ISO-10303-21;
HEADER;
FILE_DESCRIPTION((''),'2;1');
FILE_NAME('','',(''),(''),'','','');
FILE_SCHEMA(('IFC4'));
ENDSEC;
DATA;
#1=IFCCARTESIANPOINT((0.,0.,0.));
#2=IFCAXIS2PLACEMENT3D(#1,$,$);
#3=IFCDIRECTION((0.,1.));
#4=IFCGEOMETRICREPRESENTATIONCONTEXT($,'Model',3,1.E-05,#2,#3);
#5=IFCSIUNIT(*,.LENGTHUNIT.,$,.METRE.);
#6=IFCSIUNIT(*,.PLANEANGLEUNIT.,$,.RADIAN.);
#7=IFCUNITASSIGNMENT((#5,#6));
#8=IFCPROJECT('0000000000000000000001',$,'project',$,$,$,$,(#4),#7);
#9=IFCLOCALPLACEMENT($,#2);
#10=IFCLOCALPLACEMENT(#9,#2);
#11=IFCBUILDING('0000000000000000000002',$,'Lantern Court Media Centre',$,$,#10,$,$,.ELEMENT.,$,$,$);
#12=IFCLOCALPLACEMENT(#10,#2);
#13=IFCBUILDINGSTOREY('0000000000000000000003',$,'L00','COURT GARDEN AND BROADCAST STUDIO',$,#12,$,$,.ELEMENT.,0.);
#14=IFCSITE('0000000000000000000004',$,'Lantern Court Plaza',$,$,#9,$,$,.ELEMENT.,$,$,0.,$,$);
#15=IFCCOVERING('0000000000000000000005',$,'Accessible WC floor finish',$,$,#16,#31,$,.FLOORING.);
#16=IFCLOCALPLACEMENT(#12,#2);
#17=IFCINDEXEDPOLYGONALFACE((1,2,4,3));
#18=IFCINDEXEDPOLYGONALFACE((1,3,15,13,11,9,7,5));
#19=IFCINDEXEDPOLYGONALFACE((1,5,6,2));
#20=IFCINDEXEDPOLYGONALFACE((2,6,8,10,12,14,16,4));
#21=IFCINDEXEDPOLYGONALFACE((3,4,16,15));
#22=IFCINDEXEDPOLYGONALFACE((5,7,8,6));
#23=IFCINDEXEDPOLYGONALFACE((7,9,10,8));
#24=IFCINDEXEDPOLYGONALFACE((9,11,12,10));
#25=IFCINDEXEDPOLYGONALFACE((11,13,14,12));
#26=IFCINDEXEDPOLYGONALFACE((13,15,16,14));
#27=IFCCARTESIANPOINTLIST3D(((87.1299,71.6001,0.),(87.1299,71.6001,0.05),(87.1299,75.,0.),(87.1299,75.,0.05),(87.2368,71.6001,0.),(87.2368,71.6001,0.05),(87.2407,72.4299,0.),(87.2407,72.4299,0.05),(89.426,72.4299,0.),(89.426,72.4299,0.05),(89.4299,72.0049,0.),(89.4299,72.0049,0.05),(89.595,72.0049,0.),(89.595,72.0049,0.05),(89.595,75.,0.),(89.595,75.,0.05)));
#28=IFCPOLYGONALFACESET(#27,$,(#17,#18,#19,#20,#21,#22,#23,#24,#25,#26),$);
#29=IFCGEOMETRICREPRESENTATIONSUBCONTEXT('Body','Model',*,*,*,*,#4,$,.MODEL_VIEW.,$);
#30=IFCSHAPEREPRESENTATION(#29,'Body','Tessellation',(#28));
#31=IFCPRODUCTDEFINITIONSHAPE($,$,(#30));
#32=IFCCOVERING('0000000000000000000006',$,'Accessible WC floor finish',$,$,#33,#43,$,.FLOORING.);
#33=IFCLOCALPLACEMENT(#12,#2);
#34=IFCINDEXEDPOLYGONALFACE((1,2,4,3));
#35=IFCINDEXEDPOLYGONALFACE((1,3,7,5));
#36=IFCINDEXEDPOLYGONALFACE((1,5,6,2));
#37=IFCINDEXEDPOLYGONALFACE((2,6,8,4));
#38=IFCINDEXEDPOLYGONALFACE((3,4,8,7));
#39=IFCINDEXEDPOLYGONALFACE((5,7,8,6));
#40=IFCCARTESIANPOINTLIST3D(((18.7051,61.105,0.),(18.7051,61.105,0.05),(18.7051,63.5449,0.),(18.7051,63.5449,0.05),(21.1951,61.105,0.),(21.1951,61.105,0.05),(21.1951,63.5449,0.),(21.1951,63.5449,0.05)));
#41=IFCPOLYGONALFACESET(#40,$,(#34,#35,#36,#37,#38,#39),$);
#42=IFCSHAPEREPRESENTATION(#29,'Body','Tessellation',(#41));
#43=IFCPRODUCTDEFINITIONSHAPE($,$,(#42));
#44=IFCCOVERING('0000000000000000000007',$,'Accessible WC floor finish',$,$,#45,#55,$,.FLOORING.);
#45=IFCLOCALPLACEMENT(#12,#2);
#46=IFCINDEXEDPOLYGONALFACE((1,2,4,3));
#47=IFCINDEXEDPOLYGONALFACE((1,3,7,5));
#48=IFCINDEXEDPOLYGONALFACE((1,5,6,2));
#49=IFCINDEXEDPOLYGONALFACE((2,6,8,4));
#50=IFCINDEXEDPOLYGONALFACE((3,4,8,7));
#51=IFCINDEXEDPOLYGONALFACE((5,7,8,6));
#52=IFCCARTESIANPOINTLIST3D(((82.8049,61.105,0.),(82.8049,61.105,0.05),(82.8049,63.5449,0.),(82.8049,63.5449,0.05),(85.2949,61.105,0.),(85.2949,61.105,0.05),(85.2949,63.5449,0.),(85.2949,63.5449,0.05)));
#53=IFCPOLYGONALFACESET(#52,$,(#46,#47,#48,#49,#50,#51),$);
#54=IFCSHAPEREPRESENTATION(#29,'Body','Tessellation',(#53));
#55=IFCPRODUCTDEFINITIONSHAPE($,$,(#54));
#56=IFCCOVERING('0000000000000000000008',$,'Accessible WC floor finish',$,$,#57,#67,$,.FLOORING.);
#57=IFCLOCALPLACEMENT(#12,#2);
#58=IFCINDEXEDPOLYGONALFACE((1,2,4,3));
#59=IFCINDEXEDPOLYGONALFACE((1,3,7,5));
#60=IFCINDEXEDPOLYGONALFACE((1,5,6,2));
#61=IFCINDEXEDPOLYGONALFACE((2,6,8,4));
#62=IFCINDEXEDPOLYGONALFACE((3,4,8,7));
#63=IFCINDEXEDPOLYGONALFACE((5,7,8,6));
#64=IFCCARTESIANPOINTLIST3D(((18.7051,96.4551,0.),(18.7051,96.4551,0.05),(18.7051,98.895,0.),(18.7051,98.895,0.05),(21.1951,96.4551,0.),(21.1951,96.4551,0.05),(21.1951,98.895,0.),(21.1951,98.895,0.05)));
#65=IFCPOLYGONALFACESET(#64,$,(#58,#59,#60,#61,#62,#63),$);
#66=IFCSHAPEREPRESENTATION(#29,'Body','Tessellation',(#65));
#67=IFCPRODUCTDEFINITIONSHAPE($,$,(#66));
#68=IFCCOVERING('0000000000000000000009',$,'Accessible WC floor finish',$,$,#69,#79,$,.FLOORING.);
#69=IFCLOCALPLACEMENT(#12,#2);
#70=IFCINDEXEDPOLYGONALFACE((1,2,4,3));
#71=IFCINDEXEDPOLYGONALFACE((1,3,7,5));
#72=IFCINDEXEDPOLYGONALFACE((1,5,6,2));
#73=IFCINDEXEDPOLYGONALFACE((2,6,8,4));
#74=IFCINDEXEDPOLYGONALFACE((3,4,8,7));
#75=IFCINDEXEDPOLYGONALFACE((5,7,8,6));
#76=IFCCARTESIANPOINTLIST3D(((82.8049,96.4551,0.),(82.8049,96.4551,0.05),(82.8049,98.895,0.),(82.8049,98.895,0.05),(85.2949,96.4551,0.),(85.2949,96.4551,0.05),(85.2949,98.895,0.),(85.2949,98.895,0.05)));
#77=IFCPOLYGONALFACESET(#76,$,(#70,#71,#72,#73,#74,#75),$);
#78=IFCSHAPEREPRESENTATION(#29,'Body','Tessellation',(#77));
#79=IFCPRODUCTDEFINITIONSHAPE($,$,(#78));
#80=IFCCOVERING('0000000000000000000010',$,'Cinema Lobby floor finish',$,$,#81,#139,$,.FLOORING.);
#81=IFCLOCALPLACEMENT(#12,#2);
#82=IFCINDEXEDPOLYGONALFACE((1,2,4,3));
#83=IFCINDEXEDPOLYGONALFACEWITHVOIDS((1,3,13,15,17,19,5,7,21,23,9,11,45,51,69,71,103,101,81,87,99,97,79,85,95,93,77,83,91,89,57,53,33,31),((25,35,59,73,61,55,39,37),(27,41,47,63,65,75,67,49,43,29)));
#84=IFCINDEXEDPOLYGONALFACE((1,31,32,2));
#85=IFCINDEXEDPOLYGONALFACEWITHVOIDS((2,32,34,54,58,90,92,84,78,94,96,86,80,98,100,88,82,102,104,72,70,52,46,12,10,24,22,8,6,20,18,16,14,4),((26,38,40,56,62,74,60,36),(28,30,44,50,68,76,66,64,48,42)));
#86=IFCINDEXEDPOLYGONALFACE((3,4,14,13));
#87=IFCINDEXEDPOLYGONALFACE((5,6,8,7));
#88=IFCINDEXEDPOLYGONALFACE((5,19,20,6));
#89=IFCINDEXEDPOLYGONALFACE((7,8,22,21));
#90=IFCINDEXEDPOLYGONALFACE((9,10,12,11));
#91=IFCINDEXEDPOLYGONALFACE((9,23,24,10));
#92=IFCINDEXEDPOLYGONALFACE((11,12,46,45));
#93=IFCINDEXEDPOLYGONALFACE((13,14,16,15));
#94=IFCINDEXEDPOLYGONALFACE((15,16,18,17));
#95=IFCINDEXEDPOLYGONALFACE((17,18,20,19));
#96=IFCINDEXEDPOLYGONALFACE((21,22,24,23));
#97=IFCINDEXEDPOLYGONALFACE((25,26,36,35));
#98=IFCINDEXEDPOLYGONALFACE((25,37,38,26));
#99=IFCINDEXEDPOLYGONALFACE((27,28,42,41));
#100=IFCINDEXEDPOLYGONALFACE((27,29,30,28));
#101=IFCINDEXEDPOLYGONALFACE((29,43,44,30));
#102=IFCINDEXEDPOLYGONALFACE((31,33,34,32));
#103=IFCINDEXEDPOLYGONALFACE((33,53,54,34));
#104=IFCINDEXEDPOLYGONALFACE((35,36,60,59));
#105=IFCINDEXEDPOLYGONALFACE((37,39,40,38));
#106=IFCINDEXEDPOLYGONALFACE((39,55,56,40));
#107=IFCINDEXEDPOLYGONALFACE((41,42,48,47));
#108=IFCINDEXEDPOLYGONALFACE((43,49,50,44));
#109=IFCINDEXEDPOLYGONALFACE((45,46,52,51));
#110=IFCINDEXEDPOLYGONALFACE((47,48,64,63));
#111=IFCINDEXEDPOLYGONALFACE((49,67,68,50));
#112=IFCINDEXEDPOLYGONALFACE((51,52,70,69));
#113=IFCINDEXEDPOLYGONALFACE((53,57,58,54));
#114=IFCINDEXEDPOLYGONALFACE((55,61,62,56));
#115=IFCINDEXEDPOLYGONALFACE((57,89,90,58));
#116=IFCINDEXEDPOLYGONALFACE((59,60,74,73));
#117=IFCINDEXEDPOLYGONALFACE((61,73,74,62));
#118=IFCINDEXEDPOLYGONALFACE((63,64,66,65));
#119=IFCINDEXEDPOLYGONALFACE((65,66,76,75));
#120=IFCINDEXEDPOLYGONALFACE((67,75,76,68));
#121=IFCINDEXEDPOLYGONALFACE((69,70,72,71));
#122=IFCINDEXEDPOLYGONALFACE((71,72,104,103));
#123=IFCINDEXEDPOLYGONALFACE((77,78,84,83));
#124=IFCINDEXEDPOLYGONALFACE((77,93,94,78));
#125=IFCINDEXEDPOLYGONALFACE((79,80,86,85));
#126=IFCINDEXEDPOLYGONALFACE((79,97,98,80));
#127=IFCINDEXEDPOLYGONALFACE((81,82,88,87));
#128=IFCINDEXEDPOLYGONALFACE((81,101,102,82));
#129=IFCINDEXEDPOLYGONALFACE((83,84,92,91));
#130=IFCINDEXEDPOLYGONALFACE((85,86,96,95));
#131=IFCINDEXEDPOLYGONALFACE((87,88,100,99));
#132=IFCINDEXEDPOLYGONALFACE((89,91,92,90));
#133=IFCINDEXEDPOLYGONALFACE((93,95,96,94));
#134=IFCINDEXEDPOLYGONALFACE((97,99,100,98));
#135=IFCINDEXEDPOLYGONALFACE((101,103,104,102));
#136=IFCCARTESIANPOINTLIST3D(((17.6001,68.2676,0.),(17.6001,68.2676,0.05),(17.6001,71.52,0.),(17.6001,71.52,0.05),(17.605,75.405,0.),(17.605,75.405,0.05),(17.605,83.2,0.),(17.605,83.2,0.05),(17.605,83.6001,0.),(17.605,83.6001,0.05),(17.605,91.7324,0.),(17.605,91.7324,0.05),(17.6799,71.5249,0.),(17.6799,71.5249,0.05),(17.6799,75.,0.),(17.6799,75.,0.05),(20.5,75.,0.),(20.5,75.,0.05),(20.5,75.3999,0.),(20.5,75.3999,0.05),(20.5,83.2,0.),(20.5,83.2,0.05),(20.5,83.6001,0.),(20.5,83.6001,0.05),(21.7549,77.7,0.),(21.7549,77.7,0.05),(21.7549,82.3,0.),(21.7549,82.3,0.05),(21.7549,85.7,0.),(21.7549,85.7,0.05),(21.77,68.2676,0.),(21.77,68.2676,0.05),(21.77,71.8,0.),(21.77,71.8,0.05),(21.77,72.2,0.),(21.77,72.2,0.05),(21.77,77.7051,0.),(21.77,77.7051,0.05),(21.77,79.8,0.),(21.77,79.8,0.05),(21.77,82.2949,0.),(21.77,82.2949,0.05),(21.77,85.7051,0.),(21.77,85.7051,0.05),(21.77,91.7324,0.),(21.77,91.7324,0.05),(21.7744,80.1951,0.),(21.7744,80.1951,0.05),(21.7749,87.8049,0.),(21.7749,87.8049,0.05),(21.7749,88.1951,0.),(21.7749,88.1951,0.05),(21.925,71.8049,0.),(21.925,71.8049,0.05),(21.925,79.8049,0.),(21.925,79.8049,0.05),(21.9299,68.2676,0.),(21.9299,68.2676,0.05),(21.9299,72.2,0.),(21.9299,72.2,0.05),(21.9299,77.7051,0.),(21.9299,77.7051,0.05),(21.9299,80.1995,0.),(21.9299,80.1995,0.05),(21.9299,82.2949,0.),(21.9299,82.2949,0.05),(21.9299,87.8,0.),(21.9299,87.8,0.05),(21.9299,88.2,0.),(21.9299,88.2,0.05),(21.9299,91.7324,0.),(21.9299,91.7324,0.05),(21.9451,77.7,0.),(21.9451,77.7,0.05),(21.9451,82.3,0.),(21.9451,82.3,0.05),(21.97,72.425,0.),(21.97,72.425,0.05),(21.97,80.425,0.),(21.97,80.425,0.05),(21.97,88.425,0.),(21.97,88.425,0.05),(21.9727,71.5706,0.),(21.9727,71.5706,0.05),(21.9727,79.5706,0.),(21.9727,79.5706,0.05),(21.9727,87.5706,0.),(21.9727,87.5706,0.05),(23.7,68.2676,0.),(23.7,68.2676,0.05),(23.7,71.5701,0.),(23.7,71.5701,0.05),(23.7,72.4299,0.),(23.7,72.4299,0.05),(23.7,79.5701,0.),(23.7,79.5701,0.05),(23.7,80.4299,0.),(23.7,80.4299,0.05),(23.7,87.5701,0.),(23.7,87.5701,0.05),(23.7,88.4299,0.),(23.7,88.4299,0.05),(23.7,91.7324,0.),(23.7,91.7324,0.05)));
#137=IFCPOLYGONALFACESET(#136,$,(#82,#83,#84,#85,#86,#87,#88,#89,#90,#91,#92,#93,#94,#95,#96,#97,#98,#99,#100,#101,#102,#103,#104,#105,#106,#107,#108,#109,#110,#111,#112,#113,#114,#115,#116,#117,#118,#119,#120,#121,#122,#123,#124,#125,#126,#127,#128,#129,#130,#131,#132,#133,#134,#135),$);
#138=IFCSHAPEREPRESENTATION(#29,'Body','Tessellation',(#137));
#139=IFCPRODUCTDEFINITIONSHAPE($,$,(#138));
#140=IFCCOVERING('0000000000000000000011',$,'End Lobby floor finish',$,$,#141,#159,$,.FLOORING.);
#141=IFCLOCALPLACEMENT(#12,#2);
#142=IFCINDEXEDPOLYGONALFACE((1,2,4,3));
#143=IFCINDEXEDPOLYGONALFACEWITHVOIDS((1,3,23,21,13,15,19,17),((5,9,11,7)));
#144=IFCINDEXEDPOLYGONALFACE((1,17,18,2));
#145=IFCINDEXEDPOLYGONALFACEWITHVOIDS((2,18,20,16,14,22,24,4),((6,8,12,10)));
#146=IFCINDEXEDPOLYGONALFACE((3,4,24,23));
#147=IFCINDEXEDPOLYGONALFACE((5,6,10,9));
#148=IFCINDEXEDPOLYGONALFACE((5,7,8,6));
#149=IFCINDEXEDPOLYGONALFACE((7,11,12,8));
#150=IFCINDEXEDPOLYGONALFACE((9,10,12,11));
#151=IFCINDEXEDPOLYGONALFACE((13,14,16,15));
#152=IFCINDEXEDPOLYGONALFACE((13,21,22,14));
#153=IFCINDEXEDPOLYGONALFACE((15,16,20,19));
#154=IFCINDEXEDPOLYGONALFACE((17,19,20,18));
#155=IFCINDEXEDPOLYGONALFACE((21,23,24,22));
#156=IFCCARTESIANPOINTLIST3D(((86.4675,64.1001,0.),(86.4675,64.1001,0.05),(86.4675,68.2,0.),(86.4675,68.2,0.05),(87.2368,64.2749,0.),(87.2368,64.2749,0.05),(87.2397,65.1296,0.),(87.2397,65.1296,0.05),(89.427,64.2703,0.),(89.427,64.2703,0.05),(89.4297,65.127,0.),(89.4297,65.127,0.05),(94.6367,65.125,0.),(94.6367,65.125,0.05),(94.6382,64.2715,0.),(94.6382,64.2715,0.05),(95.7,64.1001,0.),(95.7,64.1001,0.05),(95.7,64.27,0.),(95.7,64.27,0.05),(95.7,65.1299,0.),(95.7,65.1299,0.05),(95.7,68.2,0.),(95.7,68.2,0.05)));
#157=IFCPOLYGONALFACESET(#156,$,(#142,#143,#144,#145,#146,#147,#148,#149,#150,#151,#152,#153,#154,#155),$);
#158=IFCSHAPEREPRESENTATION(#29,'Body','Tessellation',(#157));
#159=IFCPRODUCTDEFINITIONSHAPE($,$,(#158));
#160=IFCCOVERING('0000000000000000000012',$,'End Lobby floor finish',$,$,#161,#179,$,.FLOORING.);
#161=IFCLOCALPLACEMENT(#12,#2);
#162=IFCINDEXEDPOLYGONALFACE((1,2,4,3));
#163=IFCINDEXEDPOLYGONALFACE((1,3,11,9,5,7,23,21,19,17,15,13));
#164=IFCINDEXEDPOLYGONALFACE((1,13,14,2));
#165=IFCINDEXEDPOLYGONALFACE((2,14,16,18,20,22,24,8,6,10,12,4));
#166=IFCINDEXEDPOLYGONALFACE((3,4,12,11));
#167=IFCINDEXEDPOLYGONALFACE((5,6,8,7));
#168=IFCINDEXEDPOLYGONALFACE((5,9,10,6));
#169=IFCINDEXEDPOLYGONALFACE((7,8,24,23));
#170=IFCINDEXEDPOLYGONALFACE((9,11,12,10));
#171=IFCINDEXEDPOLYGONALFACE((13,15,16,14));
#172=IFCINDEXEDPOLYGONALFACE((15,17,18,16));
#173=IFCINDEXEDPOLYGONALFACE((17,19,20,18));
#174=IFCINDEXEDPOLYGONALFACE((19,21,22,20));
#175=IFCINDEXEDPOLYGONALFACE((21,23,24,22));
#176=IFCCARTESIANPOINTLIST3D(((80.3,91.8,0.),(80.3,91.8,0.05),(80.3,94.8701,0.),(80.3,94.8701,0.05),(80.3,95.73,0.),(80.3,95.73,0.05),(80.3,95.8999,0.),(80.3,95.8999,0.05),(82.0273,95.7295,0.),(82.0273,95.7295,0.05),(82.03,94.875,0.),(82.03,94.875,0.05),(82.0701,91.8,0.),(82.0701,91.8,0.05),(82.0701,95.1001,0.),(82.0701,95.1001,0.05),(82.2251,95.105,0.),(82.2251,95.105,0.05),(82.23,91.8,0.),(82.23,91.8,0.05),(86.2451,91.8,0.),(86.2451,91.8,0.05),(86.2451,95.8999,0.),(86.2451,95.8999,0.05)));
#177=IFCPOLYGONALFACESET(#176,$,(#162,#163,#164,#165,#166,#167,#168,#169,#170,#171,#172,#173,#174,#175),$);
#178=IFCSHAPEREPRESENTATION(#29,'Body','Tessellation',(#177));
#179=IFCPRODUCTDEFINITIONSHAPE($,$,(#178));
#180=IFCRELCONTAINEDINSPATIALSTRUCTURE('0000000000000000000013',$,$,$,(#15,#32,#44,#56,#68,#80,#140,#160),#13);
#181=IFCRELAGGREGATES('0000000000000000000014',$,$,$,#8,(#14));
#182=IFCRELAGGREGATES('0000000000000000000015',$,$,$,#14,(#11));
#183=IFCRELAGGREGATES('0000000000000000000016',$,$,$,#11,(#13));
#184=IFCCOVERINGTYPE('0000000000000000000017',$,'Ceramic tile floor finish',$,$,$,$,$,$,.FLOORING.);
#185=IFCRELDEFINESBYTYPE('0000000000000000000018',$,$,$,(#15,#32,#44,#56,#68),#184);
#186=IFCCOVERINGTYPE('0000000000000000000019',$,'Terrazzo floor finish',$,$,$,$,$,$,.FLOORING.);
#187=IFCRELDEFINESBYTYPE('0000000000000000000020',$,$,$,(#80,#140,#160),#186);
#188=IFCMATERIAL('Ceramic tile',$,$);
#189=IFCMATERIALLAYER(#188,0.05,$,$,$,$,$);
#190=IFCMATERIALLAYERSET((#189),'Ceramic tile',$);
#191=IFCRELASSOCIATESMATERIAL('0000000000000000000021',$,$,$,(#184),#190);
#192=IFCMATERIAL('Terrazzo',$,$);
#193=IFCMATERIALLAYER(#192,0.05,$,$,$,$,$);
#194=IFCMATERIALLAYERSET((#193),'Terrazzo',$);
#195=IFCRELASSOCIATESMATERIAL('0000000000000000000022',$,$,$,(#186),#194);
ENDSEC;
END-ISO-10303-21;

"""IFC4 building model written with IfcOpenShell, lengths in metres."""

from ifc_helpers import new_model, si_unit, direction, origin, place, context, subcontext, project, spatial, polyline, outline, extrude, material, layer, layer_set, type_object, element, save


model = new_model("IFC4")

# Units and contexts
model_context = context("Model", 3, precision=1e-05, world=origin(), true_north=direction((0.0, 1.0)))
body_context = subcontext(model_context, "Body", "Model", "MODEL_VIEW")
ifc_project = project(units=[si_unit("LENGTHUNIT", "METRE"), si_unit("PLANEANGLEUNIT", "RADIAN")], contexts=[model_context])

# Site, building, storey
site_placement = place(None, origin())
site = spatial("IfcSite", under=ifc_project, at=site_placement, Name="Lantern Court Plaza", CompositionType="ELEMENT", RefElevation=0.0)
building_placement = place(site_placement, origin())
building = spatial("IfcBuilding", under=site, at=building_placement, Name="Lantern Court Media Centre", CompositionType="ELEMENT")
storey_placement = place(building_placement, origin())
storey = spatial("IfcBuildingStorey", under=building, at=storey_placement, Name="L00", Description="COURT GARDEN AND BROADCAST STUDIO", CompositionType="ELEMENT", Elevation=0.0)

# Coverings
ifc_material_1 = material(Name="Ceramic tile")
ifc_layer_1 = layer(ifc_material_1, 0.05)
ifc_layer_set_1 = layer_set([ifc_layer_1], Name="Ceramic tile")
covering_type_1 = type_object("IfcCoveringType", Name="Ceramic tile floor finish", PredefinedType="FLOORING", material=ifc_layer_set_1)
covering_1_placement = place(storey_placement, origin())
element("IfcCovering", 1, at=covering_1_placement, inside=storey, type_object=covering_type_1, Name="Accessible WC floor finish", PredefinedType="FLOORING", context=body_context, shape_type="SweptSolid", body=[
    extrude(outline(polyline([(89.595, 75.0), (89.595, 72.0049), (89.4299, 72.0049), (89.426, 72.4299), (87.2407, 72.4299), (87.2368, 71.6001), (87.1299, 71.6001), (87.1299, 75.0), (89.595, 75.0)])), origin(), (0.0, 0.0, 1.0), 0.05),
])
covering_2_placement = place(storey_placement, origin())
element("IfcCovering", 2, at=covering_2_placement, inside=storey, type_object=covering_type_1, Name="Accessible WC floor finish", PredefinedType="FLOORING", context=body_context, shape_type="SweptSolid", body=[
    extrude(outline(polyline([(21.1951, 61.105), (18.7051, 61.105), (18.7051, 63.5449), (21.1951, 63.5449), (21.1951, 61.105)])), origin(), (0.0, 0.0, 1.0), 0.05),
])
covering_3_placement = place(storey_placement, origin())
element("IfcCovering", 3, at=covering_3_placement, inside=storey, type_object=covering_type_1, Name="Accessible WC floor finish", PredefinedType="FLOORING", context=body_context, shape_type="SweptSolid", body=[
    extrude(outline(polyline([(85.2949, 63.5449), (85.2949, 61.105), (82.8049, 61.105), (82.8049, 63.5449), (85.2949, 63.5449)])), origin(), (0.0, 0.0, 1.0), 0.05),
])
covering_4_placement = place(storey_placement, origin())
element("IfcCovering", 4, at=covering_4_placement, inside=storey, type_object=covering_type_1, Name="Accessible WC floor finish", PredefinedType="FLOORING", context=body_context, shape_type="SweptSolid", body=[
    extrude(outline(polyline([(18.7051, 98.895), (21.1951, 98.895), (21.1951, 96.4551), (18.7051, 96.4551), (18.7051, 98.895)])), origin(), (0.0, 0.0, 1.0), 0.05),
])
covering_5_placement = place(storey_placement, origin())
element("IfcCovering", 5, at=covering_5_placement, inside=storey, type_object=covering_type_1, Name="Accessible WC floor finish", PredefinedType="FLOORING", context=body_context, shape_type="SweptSolid", body=[
    extrude(outline(polyline([(82.8049, 96.4551), (82.8049, 98.895), (85.2949, 98.895), (85.2949, 96.4551), (82.8049, 96.4551)])), origin(), (0.0, 0.0, 1.0), 0.05),
])
ifc_material_2 = material(Name="Terrazzo")
ifc_layer_2 = layer(ifc_material_2, 0.05)
ifc_layer_set_2 = layer_set([ifc_layer_2], Name="Terrazzo")
covering_type_2 = type_object("IfcCoveringType", Name="Terrazzo floor finish", PredefinedType="FLOORING", material=ifc_layer_set_2)
covering_6_placement = place(storey_placement, origin())
element("IfcCovering", 6, at=covering_6_placement, inside=storey, type_object=covering_type_2, Name="Cinema Lobby floor finish", PredefinedType="FLOORING", context=body_context, shape_type="SweptSolid", body=[
    extrude(outline(polyline([(23.7, 68.2676), (21.9299, 68.2676), (21.925, 71.8049), (21.77, 71.8), (21.77, 68.2676), (17.6001, 68.2676), (17.6001, 71.52), (17.6799, 71.5249), (17.6799, 75.0), (20.5, 75.0), (20.5, 75.3999), (17.605, 75.405), (17.605, 83.2), (20.5, 83.2), (20.5, 83.6001), (17.605, 83.6001), (17.605, 91.7324), (21.77, 91.7324), (21.7749, 88.1951), (21.9299, 88.2), (21.9299, 91.7324), (23.7, 91.7324), (23.7, 88.4299), (21.97, 88.425), (21.9727, 87.5706), (23.7, 87.5701), (23.7, 80.4299), (21.97, 80.425), (21.9727, 79.5706), (23.7, 79.5701), (23.7, 72.4299), (21.97, 72.425), (21.9727, 71.5706), (23.7, 71.5701), (23.7, 68.2676)]), holes=[polyline([(21.77, 72.2), (21.9299, 72.2), (21.9451, 77.7), (21.9299, 77.7051), (21.925, 79.8049), (21.77, 79.8), (21.77, 77.7051), (21.7549, 77.7), (21.77, 72.2)]), polyline([(21.9299, 82.2949), (21.9451, 82.3), (21.9299, 87.8), (21.7749, 87.8049), (21.77, 85.7051), (21.7549, 85.7), (21.7549, 82.3), (21.77, 82.2949), (21.7744, 80.1951), (21.9299, 80.1995), (21.9299, 82.2949)])]), origin(), (0.0, 0.0, 1.0), 0.05),
])
covering_7_placement = place(storey_placement, origin())
element("IfcCovering", 7, at=covering_7_placement, inside=storey, type_object=covering_type_2, Name="End Lobby floor finish", PredefinedType="FLOORING", context=body_context, shape_type="SweptSolid", body=[
    extrude(outline(polyline([(86.4675, 64.1001), (86.4675, 68.2), (95.7, 68.2), (95.7, 65.1299), (94.6367, 65.125), (94.6382, 64.2715), (95.7, 64.27), (95.7, 64.1001), (86.4675, 64.1001)]), holes=[polyline([(87.2368, 64.2749), (89.427, 64.2703), (89.4297, 65.127), (87.2397, 65.1296), (87.2368, 64.2749)])]), origin(), (0.0, 0.0, 1.0), 0.05),
])
covering_8_placement = place(storey_placement, origin())
element("IfcCovering", 8, at=covering_8_placement, inside=storey, type_object=covering_type_2, Name="End Lobby floor finish", PredefinedType="FLOORING", context=body_context, shape_type="SweptSolid", body=[
    extrude(outline(polyline([(80.3, 95.8999), (86.2451, 95.8999), (86.2451, 91.8), (82.23, 91.8), (82.2251, 95.105), (82.0701, 95.1001), (82.0701, 91.8), (80.3, 91.8), (80.3, 94.8701), (82.03, 94.875), (82.0273, 95.7295), (80.3, 95.73), (80.3, 95.8999)])), origin(), (0.0, 0.0, 1.0), 0.05),
])

save(model, "model.ifc")
